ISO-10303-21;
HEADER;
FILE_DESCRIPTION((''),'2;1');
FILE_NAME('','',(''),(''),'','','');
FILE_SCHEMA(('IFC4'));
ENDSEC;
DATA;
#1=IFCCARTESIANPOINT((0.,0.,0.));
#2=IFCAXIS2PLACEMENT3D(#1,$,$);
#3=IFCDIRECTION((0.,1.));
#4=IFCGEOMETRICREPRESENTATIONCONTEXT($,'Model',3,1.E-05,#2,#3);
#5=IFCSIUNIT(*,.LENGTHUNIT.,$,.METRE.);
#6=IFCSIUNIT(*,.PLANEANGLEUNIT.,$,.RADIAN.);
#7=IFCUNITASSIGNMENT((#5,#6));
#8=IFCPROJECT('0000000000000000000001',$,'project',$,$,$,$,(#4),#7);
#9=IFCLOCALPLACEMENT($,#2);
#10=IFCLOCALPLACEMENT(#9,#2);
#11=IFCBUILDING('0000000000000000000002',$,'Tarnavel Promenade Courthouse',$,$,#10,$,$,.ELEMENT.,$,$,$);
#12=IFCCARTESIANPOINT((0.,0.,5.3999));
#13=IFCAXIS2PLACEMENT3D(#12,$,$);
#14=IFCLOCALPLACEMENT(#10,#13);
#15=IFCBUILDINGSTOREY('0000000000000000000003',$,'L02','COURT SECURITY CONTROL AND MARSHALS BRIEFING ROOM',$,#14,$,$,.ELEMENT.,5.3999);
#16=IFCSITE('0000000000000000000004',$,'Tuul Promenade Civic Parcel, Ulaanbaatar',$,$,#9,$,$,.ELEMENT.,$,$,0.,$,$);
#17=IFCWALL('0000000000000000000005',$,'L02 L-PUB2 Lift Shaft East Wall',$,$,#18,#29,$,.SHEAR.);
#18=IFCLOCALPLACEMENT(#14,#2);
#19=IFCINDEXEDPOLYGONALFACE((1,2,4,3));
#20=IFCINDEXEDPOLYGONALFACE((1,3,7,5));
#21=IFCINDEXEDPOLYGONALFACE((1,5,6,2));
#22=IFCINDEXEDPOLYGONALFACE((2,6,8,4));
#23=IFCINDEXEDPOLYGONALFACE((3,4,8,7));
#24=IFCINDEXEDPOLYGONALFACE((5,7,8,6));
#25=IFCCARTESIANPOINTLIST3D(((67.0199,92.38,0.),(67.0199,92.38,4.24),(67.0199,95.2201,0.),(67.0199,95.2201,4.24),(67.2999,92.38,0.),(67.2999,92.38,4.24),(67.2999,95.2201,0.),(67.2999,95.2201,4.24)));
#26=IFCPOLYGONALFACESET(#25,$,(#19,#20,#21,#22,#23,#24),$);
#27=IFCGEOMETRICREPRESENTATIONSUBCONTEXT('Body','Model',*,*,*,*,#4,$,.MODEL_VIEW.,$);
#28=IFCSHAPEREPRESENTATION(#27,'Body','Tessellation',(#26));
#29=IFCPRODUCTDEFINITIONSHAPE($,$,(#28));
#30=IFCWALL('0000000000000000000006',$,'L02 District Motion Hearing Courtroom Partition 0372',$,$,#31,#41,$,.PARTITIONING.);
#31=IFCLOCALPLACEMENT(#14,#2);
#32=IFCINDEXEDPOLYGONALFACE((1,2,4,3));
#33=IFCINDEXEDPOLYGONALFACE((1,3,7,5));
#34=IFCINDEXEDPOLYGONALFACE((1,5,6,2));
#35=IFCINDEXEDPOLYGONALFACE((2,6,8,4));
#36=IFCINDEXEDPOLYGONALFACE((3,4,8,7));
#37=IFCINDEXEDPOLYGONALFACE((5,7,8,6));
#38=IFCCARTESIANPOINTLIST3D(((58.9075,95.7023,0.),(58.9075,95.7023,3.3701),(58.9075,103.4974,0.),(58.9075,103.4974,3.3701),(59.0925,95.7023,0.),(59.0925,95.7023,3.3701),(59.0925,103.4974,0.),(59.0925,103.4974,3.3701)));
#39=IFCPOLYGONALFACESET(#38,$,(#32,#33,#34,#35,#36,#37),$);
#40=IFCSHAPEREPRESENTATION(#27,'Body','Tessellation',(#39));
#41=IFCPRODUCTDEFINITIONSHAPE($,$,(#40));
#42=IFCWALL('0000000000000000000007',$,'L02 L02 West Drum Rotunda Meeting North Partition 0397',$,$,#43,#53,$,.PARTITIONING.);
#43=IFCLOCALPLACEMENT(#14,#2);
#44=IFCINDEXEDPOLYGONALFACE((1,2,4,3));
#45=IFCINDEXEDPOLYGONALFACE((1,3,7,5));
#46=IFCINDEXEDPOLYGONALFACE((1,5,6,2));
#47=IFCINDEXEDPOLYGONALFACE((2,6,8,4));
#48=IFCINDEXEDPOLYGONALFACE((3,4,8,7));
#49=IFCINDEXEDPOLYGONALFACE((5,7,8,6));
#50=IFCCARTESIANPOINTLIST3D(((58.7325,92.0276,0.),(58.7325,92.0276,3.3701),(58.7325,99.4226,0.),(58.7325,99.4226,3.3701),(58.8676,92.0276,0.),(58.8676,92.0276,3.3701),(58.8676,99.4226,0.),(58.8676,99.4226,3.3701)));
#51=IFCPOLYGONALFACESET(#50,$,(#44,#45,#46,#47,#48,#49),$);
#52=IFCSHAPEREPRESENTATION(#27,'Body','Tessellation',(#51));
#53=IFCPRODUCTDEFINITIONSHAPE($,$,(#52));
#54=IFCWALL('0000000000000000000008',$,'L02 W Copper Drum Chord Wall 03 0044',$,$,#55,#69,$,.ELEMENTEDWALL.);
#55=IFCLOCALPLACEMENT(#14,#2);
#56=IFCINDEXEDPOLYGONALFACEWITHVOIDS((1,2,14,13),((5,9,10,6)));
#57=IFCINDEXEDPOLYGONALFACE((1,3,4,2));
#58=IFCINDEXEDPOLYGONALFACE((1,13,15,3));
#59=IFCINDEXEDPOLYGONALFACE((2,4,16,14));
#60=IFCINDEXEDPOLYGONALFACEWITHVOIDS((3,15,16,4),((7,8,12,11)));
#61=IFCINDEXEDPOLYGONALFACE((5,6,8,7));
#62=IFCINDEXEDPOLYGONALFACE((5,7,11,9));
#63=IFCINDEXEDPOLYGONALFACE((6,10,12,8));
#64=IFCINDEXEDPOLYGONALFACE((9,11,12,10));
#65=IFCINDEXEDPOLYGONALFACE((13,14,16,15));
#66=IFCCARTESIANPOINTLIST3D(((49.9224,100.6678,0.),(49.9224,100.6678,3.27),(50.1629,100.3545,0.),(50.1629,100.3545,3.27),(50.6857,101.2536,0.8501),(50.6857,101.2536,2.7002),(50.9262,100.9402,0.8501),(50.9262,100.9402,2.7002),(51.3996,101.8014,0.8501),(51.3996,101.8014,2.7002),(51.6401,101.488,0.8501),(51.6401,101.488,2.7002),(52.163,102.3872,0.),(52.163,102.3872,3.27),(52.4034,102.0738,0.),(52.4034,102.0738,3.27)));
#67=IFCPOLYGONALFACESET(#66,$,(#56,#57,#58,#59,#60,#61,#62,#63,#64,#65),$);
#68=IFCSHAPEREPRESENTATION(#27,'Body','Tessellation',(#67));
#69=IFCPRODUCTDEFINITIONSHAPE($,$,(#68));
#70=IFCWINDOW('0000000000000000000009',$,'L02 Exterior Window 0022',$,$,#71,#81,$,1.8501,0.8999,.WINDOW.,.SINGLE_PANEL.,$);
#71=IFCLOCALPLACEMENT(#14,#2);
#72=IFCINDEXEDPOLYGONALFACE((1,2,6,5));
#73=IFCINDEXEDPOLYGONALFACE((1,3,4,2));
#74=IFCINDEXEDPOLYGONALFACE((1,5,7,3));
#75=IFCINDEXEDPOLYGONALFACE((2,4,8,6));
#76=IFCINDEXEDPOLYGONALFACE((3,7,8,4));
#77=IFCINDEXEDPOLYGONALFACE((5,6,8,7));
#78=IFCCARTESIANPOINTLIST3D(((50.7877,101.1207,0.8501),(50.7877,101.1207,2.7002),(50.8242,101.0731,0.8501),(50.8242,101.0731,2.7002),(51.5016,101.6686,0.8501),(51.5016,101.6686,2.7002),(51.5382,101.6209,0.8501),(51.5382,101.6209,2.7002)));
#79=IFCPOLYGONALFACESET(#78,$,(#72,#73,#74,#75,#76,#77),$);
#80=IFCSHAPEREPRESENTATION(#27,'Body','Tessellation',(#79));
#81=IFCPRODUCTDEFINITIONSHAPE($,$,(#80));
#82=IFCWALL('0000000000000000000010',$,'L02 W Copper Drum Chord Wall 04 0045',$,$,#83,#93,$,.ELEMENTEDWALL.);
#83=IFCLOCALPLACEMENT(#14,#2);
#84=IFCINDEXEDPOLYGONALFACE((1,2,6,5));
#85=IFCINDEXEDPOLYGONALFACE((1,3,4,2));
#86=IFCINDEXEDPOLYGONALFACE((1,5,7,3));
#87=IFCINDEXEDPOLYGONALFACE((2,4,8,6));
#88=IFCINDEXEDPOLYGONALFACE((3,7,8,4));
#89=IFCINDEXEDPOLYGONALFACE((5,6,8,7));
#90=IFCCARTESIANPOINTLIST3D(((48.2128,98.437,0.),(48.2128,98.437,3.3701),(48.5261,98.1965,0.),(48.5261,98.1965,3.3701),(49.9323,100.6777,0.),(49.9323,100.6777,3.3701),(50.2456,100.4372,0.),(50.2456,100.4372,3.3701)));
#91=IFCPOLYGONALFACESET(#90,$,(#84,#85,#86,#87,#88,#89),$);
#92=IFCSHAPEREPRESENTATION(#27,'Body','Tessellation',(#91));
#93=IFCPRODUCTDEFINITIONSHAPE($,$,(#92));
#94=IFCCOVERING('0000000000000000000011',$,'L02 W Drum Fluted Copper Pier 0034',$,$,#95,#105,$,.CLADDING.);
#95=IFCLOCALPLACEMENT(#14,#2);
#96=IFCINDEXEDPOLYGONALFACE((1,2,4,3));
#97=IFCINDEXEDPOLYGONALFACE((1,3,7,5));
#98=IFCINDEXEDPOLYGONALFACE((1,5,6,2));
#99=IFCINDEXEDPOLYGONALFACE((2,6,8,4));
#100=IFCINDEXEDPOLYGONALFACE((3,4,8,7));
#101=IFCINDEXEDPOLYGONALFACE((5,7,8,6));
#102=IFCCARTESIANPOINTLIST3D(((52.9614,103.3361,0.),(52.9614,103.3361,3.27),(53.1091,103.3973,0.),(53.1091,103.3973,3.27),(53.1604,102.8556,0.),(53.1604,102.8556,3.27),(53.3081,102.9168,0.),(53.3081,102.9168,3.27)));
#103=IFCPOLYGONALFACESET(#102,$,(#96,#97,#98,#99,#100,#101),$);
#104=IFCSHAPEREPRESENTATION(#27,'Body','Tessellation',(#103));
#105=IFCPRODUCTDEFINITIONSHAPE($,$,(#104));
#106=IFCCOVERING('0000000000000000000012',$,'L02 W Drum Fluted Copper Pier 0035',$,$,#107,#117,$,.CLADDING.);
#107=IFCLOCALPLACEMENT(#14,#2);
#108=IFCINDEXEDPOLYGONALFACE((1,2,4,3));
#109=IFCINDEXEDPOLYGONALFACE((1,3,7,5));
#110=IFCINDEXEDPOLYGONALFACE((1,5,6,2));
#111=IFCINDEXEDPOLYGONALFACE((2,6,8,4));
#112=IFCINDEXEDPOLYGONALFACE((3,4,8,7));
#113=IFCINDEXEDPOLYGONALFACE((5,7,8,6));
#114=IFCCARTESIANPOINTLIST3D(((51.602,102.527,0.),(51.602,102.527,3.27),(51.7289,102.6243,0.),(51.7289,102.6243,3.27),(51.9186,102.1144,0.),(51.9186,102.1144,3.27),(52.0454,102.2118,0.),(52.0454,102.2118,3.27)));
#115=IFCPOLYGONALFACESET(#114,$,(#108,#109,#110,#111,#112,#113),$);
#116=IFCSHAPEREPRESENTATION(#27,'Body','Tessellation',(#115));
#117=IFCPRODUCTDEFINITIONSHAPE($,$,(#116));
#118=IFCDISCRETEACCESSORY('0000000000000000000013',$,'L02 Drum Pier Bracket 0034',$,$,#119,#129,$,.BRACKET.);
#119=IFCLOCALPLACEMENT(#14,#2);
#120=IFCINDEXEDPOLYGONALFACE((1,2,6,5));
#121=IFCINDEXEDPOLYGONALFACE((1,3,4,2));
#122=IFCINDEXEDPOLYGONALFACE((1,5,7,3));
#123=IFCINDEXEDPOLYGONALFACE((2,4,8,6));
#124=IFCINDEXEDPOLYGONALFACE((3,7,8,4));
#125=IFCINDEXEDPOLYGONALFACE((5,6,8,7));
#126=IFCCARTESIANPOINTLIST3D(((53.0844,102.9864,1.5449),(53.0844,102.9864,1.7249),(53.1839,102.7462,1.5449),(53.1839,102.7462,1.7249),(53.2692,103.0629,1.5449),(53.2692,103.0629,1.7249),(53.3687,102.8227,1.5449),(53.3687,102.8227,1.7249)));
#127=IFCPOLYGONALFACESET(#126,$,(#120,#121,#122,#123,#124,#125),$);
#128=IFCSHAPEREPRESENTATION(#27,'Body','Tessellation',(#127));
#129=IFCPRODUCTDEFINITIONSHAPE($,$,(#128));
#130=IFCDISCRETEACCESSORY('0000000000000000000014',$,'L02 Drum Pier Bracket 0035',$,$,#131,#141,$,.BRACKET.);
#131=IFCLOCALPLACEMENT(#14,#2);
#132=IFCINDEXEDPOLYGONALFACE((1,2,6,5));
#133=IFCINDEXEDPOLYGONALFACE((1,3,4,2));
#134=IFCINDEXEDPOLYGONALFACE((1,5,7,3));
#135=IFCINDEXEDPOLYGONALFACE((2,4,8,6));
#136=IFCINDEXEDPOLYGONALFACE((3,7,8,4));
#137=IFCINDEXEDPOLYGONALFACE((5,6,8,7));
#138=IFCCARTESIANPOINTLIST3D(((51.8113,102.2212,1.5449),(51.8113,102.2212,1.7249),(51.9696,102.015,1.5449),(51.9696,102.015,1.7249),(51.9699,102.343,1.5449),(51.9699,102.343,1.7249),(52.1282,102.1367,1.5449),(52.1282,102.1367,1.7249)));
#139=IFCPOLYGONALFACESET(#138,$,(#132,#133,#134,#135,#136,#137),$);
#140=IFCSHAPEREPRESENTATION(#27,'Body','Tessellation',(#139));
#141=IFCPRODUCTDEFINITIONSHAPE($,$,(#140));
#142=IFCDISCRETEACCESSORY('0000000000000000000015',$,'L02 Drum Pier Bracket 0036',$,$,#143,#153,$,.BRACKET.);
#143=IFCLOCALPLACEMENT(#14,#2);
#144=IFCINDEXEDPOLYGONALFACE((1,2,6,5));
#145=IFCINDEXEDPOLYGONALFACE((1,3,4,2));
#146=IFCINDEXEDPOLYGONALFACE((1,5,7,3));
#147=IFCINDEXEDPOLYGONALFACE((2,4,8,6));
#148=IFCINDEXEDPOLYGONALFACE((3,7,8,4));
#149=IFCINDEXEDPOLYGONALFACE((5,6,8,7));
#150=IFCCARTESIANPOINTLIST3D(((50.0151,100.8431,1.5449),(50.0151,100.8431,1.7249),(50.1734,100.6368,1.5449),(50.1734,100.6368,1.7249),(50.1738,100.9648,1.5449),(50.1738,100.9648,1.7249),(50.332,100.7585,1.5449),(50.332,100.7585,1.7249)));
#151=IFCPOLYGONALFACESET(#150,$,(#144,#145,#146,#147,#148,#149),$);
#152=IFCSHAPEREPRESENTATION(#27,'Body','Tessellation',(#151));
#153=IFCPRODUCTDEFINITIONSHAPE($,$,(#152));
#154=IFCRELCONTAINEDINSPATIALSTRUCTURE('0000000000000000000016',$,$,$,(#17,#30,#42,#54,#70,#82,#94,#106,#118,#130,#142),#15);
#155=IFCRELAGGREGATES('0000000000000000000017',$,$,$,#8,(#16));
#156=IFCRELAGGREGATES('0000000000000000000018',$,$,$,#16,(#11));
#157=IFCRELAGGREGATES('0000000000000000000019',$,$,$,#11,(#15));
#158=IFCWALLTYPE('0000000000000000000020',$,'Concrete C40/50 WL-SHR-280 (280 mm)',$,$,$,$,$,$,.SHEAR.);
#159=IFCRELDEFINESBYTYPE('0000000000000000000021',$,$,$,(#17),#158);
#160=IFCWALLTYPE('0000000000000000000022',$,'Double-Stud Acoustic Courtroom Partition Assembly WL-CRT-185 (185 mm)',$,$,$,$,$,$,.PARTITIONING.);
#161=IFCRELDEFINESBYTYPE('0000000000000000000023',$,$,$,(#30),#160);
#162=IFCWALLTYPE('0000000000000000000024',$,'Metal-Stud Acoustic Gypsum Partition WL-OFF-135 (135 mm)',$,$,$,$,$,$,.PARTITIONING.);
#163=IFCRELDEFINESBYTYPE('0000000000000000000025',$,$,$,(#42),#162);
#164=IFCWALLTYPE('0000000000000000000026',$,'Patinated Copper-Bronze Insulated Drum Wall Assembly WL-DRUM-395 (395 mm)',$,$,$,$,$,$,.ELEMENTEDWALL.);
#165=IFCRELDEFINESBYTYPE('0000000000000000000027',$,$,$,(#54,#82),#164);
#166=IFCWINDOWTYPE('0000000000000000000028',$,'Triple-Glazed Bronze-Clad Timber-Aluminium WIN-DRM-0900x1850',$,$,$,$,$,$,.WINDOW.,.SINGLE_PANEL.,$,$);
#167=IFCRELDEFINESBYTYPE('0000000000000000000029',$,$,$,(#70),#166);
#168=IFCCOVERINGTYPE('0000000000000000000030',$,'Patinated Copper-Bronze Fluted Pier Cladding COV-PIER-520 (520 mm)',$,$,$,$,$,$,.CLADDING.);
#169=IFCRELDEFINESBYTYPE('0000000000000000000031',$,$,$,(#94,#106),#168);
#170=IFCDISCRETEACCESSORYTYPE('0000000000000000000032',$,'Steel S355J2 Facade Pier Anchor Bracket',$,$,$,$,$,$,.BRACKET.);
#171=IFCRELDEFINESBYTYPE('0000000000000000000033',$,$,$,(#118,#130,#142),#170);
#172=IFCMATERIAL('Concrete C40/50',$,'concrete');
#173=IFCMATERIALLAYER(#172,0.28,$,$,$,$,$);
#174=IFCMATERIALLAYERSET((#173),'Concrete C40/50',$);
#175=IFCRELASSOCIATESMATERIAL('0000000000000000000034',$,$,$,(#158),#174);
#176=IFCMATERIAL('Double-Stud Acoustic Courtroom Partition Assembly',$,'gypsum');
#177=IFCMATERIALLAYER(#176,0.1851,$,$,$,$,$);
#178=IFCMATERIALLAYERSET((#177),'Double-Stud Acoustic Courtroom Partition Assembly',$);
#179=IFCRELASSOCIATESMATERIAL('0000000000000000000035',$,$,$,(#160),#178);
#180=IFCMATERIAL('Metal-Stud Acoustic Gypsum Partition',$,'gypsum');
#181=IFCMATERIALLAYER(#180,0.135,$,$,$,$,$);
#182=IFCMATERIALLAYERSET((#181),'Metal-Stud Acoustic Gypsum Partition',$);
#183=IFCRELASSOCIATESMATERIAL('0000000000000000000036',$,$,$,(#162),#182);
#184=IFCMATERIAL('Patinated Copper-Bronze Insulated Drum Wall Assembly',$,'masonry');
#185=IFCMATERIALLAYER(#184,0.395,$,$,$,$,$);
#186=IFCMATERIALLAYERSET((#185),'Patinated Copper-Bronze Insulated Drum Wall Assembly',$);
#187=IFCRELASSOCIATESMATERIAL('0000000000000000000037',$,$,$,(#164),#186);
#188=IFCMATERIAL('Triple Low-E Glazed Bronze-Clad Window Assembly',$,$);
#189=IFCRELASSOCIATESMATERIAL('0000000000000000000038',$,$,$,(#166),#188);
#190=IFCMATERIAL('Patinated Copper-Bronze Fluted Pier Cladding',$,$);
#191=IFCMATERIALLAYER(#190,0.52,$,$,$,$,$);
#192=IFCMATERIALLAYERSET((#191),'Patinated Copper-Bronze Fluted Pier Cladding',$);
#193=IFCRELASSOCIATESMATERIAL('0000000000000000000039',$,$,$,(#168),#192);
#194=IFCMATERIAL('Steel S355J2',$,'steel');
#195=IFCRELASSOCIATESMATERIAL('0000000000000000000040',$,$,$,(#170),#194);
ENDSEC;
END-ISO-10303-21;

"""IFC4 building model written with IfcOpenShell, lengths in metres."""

from ifc_helpers import new_model, si_unit, direction, frame, frame_2d, origin, origin_2d, place, context, subcontext, project, spatial, rectangle, extrude, material, layer, layer_set, type_object, element, fill, save


model = new_model("IFC4")

# Units and contexts
model_context = context("Model", 3, precision=1e-05, world=origin(), true_north=direction((0.0, 1.0)))
body_context = subcontext(model_context, "Body", "Model", "MODEL_VIEW")
ifc_project = project(units=[si_unit("LENGTHUNIT", "METRE"), si_unit("PLANEANGLEUNIT", "RADIAN")], contexts=[model_context])

# Site, building, storey
site_placement = place(None, origin())
site = spatial("IfcSite", under=ifc_project, at=site_placement, Name="Tuul Promenade Civic Parcel, Ulaanbaatar", CompositionType="ELEMENT", RefElevation=0.0)
building_placement = place(site_placement, origin())
building = spatial("IfcBuilding", under=site, at=building_placement, Name="Tarnavel Promenade Courthouse", CompositionType="ELEMENT")
storey_placement = place(building_placement, frame((0.0, 0.0, 5.3999)))
storey = spatial("IfcBuildingStorey", under=building, at=storey_placement, Name="L02", Description="COURT SECURITY CONTROL AND MARSHALS BRIEFING ROOM", CompositionType="ELEMENT", Elevation=5.3999)

# Shared definitions
ifc_material_1 = material(Name="Concrete C40/50", Category="concrete")

# Shared definitions
ifc_material_2 = material(Name="Steel S355J2", Category="steel")

# Walls
ifc_layer_1 = layer(ifc_material_1, 0.28)
ifc_layer_set_1 = layer_set([ifc_layer_1], Name="Concrete C40/50")
wall_type_1 = type_object("IfcWallType", Name="Concrete C40/50 WL-SHR-280 (280 mm)", PredefinedType="SHEAR", material=ifc_layer_set_1)
for number, where, z_axis, x_axis, name in (
    (1, (67.1599, 95.22, 0.0), (0.0, 0.0, 1.0), (0.0, -1.0, 0.0), "L02 L-PUB2 Lift Shaft East Wall"),
):
    element("IfcWall", number, at=place(storey_placement, frame(where, z_axis=z_axis, x_axis=x_axis)), inside=storey, type_object=wall_type_1, Name=name, PredefinedType="SHEAR", context=body_context, shape_type="SweptSolid", body=[
        extrude(rectangle(XDim=2.8401, YDim=0.28, at=frame_2d((1.4199, 0.0))), origin(), (0.0, 0.0, 1.0), 4.24),
    ])
ifc_material_3 = material(Name="Double-Stud Acoustic Courtroom Partition Assembly", Category="gypsum")
ifc_layer_2 = layer(ifc_material_3, 0.1851)
ifc_layer_set_2 = layer_set([ifc_layer_2], Name="Double-Stud Acoustic Courtroom Partition Assembly")
wall_type_2 = type_object("IfcWallType", Name="Double-Stud Acoustic Courtroom Partition Assembly WL-CRT-185 (185 mm)", PredefinedType="PARTITIONING", material=ifc_layer_set_2)
wall_1_placement = place(storey_placement, frame((59.0, 95.7024, 0.0), z_axis=(0.0, 0.0, 1.0), x_axis=(0.0, 1.0, 0.0)))
element("IfcWall", 2, at=wall_1_placement, inside=storey, type_object=wall_type_2, Name="L02 District Motion Hearing Courtroom Partition 0372", PredefinedType="PARTITIONING", context=body_context, shape_type="SweptSolid", body=[
    extrude(rectangle(XDim=7.7952, YDim=0.1851, at=frame_2d((3.8975, 0.0))), origin(), (0.0, 0.0, 1.0), 3.3701),
])
ifc_material_4 = material(Name="Metal-Stud Acoustic Gypsum Partition", Category="gypsum")
ifc_layer_3 = layer(ifc_material_4, 0.135)
ifc_layer_set_3 = layer_set([ifc_layer_3], Name="Metal-Stud Acoustic Gypsum Partition")
wall_type_3 = type_object("IfcWallType", Name="Metal-Stud Acoustic Gypsum Partition WL-OFF-135 (135 mm)", PredefinedType="PARTITIONING", material=ifc_layer_set_3)
wall_2_placement = place(storey_placement, frame((58.8, 99.4226, 0.0), z_axis=(0.0, 0.0, 1.0), x_axis=(0.0, -1.0, 0.0)))
element("IfcWall", 3, at=wall_2_placement, inside=storey, type_object=wall_type_3, Name="L02 L02 West Drum Rotunda Meeting North Partition 0397", PredefinedType="PARTITIONING", context=body_context, shape_type="SweptSolid", body=[
    extrude(rectangle(XDim=7.395, YDim=0.135, at=frame_2d((3.6975, 0.0))), origin(), (0.0, 0.0, 1.0), 3.3701),
])

# Wall, opening, window
ifc_material_5 = material(Name="Patinated Copper-Bronze Insulated Drum Wall Assembly", Category="masonry")
ifc_layer_4 = layer(ifc_material_5, 0.395)
ifc_layer_set_4 = layer_set([ifc_layer_4], Name="Patinated Copper-Bronze Insulated Drum Wall Assembly")
wall_type_4 = type_object("IfcWallType", Name="Patinated Copper-Bronze Insulated Drum Wall Assembly WL-DRUM-395 (395 mm)", PredefinedType="ELEMENTEDWALL", material=ifc_layer_set_4)
wall_3_placement = place(storey_placement, frame((52.2832, 102.2305, 0.0), z_axis=(0.0, 0.0, 1.0), x_axis=(-0.793343, -0.608775, 0.0)))
wall_3 = element("IfcWall", 4, at=wall_3_placement, inside=storey, type_object=wall_type_4, Name="L02 W Copper Drum Chord Wall 03 0044", PredefinedType="ELEMENTEDWALL", context=body_context, shape_type="SweptSolid", body=[
    extrude(rectangle(XDim=2.8242, YDim=0.395, at=frame_2d((1.4121, 0.0))), origin(), (0.0, 0.0, 1.0), 3.27),
])
opening_placement = place(wall_3_placement, frame((0.9622, 0.0, 0.8501)))
opening = element("IfcOpeningElement", 5, at=opening_placement, cuts=wall_3, PredefinedType="OPENING", context=body_context, shape_type="SweptSolid", body=[
    extrude(rectangle(XDim=0.8999, YDim=1.8501, at=frame_2d((0.45, 0.925))), frame((0.0, 0.2075, 0.0), z_axis=(0.0, -1.0, 0.0), x_axis=(1.0, 0.0, 0.0)), (0.0, 0.0, 1.0), 0.415),
])
ifc_material_6 = material(Name="Triple Low-E Glazed Bronze-Clad Window Assembly")
window_type = type_object("IfcWindowType", Name="Triple-Glazed Bronze-Clad Timber-Aluminium WIN-DRM-0900x1850", PartitioningType="SINGLE_PANEL", PredefinedType="WINDOW", material=ifc_material_6)
window_placement = place(opening_placement, origin())
window = element("IfcWindow", 6, at=window_placement, inside=storey, type_object=window_type, Name="L02 Exterior Window 0022", OverallHeight=1.8501, OverallWidth=0.8999, PartitioningType="SINGLE_PANEL", PredefinedType="WINDOW", context=body_context, shape_type="SweptSolid", body=[
    extrude(rectangle(XDim=0.8999, YDim=1.8501, at=frame_2d((0.45, 0.925))), frame((0.0, 0.03, 0.0), z_axis=(0.0, -1.0, 0.0), x_axis=(1.0, 0.0, 0.0)), (0.0, 0.0, 1.0), 0.0601),
])
fill(opening, window)

# Wall
wall_4_placement = place(storey_placement, frame((50.0889, 100.5574, 0.0), z_axis=(0.0, 0.0, 1.0), x_axis=(-0.608787, -0.793334, 0.0)))
element("IfcWall", 7, at=wall_4_placement, inside=storey, type_object=wall_type_4, Name="L02 W Copper Drum Chord Wall 04 0045", PredefinedType="ELEMENTEDWALL", context=body_context, shape_type="SweptSolid", body=[
    extrude(rectangle(XDim=2.8245, YDim=0.395, at=frame_2d((1.4121, 0.0))), origin(), (0.0, 0.0, 1.0), 3.3701),
])

# Coverings
ifc_material_7 = material(Name="Patinated Copper-Bronze Fluted Pier Cladding")
ifc_layer_5 = layer(ifc_material_7, 0.52)
ifc_layer_set_5 = layer_set([ifc_layer_5], Name="Patinated Copper-Bronze Fluted Pier Cladding")
covering_type = type_object("IfcCoveringType", Name="Patinated Copper-Bronze Fluted Pier Cladding COV-PIER-520 (520 mm)", PredefinedType="CLADDING", material=ifc_layer_set_5)
for number, where, z_axis, x_axis, name in (
    (8, (53.1348, 103.1265, 0.0), (0.0, 0.0, 1.0), (-0.92388, -0.382683, 0.0), "L02 W Drum Fluted Copper Pier 0034"),
    (9, (51.8237, 102.3694, 0.0), (0.0, 0.0, 1.0), (-0.793353, -0.608761, 0.0), "L02 W Drum Fluted Copper Pier 0035"),
):
    element("IfcCovering", number, at=place(storey_placement, frame(where, z_axis=z_axis, x_axis=x_axis)), inside=storey, type_object=covering_type, Name=name, PredefinedType="CLADDING", context=body_context, shape_type="SweptSolid", body=[
        extrude(rectangle(XDim=0.1599, YDim=0.52, at=origin_2d()), origin(), (0.0, 0.0, 1.0), 3.27),
    ])

# Discrete accessories
discrete_accessory_type = type_object("IfcDiscreteAccessoryType", Name="Steel S355J2 Facade Pier Anchor Bracket", PredefinedType="BRACKET", material=ifc_material_2)
for number, where, z_axis, x_axis, name in (
    (10, (53.2266, 102.9045, 1.5449), (0.0, 0.0, 1.0), (-0.92388, -0.382683, 0.0), "L02 Drum Pier Bracket 0034"),
    (11, (51.9697, 102.179, 1.5449), (0.0, 0.0, 1.0), (-0.793353, -0.608761, 0.0), "L02 Drum Pier Bracket 0035"),
    (12, (50.1736, 100.8008, 1.5449), (0.0, 0.0, 1.0), (-0.793353, -0.608761, 0.0), "L02 Drum Pier Bracket 0036"),
):
    element("IfcDiscreteAccessory", number, at=place(storey_placement, frame(where, z_axis=z_axis, x_axis=x_axis)), inside=storey, type_object=discrete_accessory_type, Name=name, PredefinedType="BRACKET", context=body_context, shape_type="SweptSolid", body=[
        extrude(rectangle(XDim=0.2, YDim=0.26, at=origin_2d()), origin(), (0.0, 0.0, 1.0), 0.1799),
    ])

save(model, "model.ifc")
